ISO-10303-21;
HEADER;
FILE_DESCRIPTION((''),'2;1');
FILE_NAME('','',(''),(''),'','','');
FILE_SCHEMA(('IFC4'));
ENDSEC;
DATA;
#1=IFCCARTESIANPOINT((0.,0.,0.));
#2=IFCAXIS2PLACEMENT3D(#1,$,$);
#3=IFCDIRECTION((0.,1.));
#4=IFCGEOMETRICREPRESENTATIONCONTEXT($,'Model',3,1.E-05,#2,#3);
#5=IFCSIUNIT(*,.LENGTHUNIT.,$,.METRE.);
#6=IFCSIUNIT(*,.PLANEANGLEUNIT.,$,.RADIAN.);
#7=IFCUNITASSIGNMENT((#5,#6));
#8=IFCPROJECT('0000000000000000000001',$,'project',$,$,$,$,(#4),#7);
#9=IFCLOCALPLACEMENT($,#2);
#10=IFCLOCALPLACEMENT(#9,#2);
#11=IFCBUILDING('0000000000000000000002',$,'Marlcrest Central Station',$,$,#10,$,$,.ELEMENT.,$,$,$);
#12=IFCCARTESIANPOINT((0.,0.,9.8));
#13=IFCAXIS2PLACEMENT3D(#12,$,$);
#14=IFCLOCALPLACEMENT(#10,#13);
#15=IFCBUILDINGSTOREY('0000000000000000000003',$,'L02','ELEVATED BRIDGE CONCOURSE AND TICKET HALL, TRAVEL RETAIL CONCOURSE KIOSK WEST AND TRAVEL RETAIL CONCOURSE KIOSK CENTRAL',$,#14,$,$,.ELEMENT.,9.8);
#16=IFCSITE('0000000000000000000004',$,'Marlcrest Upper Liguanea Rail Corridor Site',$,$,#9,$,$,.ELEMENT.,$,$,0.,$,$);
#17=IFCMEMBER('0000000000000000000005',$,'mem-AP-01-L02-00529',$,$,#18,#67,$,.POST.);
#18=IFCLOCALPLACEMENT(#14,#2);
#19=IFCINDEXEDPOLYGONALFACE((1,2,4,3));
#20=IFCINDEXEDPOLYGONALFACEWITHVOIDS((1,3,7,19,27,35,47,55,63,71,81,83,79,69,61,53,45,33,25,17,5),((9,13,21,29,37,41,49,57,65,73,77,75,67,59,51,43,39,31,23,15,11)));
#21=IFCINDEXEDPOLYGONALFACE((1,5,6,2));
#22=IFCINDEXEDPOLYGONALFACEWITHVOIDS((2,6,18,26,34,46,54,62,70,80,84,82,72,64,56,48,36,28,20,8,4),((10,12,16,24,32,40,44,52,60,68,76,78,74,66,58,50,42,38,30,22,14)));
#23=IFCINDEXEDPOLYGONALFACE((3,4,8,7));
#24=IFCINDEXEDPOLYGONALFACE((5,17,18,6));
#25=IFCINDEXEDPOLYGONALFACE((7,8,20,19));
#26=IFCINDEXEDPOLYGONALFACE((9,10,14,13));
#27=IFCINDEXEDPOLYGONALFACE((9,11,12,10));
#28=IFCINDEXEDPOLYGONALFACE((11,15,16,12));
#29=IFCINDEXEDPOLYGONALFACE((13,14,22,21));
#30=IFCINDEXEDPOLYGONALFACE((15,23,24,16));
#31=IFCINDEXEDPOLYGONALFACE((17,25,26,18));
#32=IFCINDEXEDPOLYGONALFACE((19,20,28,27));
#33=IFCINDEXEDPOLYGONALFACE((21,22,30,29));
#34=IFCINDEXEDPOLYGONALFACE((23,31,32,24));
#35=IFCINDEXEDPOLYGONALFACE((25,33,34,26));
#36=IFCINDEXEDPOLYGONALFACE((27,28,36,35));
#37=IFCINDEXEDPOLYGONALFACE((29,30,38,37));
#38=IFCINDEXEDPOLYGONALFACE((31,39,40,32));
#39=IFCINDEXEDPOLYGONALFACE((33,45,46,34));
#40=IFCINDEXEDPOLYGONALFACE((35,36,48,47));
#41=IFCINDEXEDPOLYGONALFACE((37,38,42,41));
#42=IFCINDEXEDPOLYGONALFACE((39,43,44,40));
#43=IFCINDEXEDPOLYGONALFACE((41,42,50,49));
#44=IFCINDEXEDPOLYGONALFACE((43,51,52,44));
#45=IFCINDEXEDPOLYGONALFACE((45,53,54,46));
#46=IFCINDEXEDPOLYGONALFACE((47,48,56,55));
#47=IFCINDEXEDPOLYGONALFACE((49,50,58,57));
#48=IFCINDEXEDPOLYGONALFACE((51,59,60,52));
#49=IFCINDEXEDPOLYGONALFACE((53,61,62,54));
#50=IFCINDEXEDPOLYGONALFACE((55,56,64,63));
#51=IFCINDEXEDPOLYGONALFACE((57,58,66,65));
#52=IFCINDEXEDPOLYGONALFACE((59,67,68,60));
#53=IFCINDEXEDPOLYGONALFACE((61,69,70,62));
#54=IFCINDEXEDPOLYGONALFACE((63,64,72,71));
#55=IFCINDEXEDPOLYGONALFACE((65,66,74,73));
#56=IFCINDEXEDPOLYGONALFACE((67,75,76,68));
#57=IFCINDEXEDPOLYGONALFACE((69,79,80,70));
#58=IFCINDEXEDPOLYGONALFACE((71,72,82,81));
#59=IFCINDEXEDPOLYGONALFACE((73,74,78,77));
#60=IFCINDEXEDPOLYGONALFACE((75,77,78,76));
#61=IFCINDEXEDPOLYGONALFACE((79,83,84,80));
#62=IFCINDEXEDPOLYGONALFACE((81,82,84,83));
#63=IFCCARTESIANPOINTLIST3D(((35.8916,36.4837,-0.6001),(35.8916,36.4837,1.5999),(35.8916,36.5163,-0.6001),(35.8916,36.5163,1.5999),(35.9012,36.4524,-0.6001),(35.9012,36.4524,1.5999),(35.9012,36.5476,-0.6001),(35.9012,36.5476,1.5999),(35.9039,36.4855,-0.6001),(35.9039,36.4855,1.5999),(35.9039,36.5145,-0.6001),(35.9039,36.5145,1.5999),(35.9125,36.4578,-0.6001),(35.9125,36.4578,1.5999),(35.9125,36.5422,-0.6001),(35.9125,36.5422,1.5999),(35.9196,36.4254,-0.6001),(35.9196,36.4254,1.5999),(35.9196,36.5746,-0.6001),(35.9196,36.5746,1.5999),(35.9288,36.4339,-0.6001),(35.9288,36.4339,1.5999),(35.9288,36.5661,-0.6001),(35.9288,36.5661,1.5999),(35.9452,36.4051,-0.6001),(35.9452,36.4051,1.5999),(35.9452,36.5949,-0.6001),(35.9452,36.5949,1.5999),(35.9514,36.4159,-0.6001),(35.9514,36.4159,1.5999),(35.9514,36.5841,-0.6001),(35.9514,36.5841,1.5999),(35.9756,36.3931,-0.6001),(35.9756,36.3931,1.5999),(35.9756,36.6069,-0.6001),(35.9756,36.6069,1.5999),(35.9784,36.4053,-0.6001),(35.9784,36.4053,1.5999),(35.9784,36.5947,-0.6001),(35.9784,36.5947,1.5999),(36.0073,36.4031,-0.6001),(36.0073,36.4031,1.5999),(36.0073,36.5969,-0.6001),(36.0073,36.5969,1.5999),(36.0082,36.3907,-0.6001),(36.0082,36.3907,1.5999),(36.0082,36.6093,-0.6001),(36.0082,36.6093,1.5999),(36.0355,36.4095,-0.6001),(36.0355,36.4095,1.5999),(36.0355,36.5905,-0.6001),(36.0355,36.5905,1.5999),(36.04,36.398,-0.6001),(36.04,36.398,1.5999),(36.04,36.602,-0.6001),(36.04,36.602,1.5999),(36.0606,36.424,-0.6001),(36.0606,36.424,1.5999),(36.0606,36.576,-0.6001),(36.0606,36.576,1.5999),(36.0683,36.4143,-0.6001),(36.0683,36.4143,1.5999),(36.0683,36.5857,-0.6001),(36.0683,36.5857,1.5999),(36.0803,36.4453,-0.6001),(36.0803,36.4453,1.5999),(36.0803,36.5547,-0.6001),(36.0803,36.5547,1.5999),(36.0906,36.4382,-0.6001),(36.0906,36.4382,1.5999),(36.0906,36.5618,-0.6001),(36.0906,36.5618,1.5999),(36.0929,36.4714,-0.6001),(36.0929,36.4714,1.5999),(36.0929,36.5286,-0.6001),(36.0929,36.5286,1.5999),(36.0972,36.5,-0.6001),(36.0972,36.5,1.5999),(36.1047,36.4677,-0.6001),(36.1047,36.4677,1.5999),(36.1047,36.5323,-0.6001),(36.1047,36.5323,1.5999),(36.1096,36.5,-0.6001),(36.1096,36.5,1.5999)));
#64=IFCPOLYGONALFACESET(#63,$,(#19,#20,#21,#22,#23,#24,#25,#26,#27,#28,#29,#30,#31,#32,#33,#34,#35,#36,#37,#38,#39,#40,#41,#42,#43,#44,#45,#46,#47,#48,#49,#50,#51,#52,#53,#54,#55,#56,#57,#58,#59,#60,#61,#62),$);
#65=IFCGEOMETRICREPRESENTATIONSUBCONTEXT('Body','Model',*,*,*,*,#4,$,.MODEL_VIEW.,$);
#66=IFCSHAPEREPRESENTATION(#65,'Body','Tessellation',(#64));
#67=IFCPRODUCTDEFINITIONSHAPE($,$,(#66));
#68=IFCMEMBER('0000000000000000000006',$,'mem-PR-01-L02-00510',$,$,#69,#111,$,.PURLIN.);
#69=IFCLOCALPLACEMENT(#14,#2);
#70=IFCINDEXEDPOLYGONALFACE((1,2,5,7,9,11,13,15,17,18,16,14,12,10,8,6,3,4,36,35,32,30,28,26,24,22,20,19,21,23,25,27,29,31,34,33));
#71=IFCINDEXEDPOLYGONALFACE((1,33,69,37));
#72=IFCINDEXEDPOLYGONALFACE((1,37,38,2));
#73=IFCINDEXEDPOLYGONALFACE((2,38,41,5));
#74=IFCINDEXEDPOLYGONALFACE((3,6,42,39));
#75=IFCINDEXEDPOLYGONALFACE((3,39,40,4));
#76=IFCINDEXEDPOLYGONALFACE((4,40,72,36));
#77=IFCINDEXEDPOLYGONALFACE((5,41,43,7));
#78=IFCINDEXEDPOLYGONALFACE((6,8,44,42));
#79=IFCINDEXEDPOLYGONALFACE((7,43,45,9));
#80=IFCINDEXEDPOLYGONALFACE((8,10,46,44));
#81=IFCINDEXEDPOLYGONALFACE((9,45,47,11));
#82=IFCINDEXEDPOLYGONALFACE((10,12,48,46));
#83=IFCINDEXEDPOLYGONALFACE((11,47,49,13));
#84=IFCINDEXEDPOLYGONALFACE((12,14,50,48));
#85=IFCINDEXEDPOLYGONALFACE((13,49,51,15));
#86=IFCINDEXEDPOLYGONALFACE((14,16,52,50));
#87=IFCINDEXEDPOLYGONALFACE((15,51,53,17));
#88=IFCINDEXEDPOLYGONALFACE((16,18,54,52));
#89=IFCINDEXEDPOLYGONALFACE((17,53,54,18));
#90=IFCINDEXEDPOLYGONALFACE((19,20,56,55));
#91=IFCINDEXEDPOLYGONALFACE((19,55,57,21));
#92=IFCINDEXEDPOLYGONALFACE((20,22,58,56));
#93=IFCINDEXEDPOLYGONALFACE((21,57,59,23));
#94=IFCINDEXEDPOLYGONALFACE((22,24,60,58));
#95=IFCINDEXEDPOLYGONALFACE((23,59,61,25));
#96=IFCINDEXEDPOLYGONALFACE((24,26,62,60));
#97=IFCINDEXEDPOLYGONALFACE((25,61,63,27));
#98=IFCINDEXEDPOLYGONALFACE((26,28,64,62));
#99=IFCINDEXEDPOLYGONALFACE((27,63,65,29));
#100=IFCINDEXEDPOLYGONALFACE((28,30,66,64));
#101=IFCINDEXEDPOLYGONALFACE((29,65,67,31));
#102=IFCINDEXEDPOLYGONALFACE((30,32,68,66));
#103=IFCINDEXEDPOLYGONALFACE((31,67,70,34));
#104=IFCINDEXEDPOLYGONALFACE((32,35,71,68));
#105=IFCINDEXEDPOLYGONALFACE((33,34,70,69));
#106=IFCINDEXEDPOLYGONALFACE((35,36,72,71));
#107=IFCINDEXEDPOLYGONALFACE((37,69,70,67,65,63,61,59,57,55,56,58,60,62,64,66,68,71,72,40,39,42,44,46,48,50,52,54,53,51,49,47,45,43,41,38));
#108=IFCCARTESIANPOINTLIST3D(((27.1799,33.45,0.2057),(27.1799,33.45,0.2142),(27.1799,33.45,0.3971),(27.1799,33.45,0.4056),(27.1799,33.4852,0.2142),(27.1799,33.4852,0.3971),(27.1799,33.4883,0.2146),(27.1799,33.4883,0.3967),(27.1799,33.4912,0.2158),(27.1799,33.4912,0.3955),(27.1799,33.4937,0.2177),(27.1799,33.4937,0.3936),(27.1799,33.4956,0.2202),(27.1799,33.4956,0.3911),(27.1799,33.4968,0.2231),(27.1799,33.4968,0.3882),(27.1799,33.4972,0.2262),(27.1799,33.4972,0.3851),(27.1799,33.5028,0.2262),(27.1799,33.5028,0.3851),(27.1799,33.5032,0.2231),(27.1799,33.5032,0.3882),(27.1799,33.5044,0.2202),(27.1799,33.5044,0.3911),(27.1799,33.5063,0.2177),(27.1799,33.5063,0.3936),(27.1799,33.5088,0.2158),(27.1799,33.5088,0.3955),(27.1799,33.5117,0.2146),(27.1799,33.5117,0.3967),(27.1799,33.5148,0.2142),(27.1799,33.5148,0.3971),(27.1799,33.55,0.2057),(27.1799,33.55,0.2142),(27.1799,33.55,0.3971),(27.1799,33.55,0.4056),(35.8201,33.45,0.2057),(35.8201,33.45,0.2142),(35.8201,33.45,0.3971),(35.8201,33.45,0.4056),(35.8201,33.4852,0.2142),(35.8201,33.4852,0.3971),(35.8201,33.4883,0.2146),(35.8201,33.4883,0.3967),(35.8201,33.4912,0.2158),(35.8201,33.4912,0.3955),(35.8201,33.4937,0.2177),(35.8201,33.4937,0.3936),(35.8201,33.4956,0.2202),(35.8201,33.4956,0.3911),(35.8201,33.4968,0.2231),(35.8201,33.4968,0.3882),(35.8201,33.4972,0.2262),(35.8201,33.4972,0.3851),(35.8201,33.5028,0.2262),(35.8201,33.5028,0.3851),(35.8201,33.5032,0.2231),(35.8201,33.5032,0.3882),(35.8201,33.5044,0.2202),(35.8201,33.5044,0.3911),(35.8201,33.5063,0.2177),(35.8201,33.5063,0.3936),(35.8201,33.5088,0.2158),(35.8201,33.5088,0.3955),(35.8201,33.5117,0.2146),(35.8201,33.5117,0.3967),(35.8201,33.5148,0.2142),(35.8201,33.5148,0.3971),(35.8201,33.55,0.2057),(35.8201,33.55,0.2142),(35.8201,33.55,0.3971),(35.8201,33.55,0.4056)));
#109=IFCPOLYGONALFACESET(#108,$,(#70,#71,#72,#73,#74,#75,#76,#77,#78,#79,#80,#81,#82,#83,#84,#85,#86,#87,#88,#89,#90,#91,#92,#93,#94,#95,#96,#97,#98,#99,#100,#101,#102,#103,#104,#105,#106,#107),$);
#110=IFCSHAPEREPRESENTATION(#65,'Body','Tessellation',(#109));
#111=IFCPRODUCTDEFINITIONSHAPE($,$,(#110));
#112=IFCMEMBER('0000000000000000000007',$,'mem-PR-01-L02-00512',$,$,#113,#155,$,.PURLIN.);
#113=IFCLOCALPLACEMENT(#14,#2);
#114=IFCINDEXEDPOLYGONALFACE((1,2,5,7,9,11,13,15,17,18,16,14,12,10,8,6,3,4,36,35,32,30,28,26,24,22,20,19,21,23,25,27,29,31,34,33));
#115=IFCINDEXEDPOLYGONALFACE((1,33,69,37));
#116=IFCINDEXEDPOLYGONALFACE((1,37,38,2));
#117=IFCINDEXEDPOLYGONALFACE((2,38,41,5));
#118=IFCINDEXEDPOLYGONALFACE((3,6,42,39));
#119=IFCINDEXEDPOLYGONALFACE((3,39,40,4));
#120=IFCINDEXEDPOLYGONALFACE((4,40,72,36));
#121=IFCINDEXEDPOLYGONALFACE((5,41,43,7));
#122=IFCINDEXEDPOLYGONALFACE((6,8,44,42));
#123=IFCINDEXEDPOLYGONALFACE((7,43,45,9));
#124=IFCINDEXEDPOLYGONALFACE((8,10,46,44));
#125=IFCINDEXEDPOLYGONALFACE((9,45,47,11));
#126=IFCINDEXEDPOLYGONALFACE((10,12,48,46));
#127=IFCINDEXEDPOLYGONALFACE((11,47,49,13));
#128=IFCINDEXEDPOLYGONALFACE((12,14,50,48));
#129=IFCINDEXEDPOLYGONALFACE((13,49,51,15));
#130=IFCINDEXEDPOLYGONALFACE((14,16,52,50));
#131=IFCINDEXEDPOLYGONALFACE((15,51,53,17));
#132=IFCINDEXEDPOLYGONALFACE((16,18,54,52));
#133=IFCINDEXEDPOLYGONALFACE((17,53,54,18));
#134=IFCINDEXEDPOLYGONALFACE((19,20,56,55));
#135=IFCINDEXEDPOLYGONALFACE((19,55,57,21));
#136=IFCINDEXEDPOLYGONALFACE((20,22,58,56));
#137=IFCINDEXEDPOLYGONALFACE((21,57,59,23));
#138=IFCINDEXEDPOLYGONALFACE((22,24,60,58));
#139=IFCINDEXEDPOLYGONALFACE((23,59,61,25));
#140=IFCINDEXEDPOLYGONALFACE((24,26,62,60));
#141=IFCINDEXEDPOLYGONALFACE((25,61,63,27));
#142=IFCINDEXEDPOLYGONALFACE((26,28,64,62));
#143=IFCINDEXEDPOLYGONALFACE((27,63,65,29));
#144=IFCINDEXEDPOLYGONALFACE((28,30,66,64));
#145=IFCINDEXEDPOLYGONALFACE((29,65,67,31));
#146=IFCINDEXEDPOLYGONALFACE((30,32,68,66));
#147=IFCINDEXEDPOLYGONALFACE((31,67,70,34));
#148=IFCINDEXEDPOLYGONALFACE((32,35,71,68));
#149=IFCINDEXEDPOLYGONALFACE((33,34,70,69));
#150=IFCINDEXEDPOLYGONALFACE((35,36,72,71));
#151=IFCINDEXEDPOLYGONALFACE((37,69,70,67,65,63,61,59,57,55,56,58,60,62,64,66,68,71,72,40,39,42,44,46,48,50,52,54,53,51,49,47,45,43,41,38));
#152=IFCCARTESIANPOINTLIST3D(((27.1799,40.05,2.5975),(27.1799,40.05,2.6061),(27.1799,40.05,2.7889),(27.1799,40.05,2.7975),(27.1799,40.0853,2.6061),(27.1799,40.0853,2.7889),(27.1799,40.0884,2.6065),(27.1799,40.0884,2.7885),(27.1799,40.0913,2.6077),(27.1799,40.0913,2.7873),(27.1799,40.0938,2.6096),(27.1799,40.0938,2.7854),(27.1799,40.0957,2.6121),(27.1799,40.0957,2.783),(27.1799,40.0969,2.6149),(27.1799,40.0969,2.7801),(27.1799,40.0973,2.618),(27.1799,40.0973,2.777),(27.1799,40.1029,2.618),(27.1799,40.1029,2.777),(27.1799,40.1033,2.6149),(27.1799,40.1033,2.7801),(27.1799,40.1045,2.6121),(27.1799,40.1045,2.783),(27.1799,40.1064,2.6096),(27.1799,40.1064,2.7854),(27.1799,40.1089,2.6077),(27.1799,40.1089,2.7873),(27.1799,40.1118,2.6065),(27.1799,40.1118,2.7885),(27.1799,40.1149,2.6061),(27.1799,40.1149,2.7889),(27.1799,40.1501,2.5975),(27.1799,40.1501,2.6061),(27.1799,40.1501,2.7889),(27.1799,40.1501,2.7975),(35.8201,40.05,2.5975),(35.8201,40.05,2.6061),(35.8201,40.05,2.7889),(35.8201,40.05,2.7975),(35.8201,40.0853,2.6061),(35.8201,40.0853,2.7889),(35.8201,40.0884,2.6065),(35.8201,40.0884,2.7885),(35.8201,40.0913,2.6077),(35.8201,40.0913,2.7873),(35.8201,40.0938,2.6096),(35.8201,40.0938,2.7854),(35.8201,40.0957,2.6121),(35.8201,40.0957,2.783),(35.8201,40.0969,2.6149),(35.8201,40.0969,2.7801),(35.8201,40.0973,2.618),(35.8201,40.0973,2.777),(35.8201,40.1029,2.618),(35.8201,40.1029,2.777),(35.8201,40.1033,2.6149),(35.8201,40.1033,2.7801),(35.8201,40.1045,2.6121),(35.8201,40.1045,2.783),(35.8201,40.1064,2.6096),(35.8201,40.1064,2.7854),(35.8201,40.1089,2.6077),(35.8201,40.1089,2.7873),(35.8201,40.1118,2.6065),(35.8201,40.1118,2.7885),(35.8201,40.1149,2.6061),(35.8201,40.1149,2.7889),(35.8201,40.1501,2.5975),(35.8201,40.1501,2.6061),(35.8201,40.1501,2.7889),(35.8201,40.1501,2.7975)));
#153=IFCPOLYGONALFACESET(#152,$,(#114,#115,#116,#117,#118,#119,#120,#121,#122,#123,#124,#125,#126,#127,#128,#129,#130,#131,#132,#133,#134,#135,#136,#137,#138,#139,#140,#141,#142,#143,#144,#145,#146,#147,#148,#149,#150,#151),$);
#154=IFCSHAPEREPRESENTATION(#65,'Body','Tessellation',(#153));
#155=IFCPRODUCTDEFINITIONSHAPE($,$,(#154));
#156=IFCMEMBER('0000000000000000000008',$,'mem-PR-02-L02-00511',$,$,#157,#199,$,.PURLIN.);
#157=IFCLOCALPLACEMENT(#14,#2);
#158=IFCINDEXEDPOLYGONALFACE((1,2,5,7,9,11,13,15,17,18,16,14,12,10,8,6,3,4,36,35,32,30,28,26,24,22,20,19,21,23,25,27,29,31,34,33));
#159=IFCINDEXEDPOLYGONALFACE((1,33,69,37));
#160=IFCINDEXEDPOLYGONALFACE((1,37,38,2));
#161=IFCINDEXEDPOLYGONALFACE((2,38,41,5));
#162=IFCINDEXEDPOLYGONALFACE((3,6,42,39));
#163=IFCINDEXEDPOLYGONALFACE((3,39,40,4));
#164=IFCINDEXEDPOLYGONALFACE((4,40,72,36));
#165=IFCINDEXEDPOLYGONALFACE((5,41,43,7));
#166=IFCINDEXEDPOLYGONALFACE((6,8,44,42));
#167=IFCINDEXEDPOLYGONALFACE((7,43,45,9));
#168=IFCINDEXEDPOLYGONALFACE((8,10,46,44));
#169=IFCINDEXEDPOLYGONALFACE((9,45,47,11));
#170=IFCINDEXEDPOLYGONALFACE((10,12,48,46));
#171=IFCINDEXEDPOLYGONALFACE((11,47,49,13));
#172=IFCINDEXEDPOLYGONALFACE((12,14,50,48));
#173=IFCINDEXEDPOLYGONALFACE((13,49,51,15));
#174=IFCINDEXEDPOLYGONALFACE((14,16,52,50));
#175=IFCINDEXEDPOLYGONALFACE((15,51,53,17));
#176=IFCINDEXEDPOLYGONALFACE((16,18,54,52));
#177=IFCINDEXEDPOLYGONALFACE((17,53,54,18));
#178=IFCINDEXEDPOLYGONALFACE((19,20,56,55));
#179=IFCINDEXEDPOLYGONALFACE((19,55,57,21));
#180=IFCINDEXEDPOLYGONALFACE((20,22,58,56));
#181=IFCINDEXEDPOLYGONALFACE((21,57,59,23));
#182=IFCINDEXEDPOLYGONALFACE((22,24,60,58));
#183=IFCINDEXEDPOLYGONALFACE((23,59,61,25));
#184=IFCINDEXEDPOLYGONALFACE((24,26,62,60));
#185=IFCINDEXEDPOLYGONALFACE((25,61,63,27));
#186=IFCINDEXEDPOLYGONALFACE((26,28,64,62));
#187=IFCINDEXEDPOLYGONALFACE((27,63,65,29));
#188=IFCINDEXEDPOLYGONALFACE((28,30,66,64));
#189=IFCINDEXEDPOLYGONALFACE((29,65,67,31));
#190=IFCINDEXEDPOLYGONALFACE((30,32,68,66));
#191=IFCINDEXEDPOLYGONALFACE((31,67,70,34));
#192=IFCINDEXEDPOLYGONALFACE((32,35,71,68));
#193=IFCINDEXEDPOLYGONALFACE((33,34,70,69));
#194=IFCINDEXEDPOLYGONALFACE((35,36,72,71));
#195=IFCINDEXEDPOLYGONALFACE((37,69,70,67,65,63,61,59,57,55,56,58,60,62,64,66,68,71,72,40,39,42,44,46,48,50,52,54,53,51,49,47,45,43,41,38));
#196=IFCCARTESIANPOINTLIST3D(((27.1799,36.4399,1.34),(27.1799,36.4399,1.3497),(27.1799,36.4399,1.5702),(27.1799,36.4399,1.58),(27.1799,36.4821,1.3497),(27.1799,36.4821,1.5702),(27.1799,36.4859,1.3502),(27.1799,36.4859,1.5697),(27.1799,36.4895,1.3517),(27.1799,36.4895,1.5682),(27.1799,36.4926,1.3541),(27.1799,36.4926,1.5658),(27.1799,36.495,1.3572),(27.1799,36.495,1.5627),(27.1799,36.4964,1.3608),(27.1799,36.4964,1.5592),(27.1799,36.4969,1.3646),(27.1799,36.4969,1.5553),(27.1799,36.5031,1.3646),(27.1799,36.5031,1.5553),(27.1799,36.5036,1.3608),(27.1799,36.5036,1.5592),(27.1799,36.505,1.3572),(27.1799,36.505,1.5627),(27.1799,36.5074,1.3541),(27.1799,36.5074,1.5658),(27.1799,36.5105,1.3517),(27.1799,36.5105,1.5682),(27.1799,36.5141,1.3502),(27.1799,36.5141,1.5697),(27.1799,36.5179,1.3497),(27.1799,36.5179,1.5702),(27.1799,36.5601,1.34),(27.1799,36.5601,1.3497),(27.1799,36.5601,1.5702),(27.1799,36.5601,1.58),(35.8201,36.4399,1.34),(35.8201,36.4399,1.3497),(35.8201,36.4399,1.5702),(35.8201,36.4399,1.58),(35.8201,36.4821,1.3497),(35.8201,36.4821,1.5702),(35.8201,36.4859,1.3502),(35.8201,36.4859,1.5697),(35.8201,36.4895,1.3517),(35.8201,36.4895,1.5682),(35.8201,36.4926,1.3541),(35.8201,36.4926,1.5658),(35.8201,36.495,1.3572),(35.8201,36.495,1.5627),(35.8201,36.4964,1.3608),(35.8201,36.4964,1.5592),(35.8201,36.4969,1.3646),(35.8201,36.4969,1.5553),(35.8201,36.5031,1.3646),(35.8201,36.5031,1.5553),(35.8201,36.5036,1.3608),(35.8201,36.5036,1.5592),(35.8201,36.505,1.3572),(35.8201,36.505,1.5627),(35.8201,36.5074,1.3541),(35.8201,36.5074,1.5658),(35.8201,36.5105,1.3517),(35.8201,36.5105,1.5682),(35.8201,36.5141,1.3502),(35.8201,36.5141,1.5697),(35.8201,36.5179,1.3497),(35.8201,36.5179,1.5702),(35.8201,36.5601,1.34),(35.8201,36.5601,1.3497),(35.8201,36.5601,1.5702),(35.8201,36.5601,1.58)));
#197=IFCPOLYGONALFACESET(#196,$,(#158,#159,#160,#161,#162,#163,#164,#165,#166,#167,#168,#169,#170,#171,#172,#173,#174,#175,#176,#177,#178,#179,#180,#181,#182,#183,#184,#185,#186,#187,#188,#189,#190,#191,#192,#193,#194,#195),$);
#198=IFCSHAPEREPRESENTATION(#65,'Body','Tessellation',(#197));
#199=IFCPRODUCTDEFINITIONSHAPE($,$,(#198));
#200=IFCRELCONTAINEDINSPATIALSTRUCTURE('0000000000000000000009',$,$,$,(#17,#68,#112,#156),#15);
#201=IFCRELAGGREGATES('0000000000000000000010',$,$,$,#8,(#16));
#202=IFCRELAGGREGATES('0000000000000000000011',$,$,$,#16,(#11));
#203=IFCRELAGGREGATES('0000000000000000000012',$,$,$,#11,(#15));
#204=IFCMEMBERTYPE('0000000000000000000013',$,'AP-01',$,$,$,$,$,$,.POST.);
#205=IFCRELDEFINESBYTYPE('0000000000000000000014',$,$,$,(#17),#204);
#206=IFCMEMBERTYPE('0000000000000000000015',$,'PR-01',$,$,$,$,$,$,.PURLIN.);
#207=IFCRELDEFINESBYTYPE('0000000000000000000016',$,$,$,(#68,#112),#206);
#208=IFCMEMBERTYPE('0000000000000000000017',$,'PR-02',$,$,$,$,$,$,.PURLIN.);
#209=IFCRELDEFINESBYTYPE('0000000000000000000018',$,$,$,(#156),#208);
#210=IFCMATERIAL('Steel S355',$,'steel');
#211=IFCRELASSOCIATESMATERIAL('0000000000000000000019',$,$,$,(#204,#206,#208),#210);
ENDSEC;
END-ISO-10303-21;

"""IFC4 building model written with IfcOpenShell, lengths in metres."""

from ifc_helpers import new_model, si_unit, direction, frame, origin, origin_2d, place, context, subcontext, project, spatial, hollow_circle, i_section, extrude, material, material_profile, profile_set, type_object, element, save


model = new_model("IFC4")

# Units and contexts
model_context = context("Model", 3, precision=1e-05, world=origin(), true_north=direction((0.0, 1.0)))
body_context = subcontext(model_context, "Body", "Model", "MODEL_VIEW")
ifc_project = project(units=[si_unit("LENGTHUNIT", "METRE"), si_unit("PLANEANGLEUNIT", "RADIAN")], contexts=[model_context])

# Site, building, storey
site_placement = place(None, origin())
site = spatial("IfcSite", under=ifc_project, at=site_placement, Name="Marlcrest Upper Liguanea Rail Corridor Site", CompositionType="ELEMENT", RefElevation=0.0)
building_placement = place(site_placement, origin())
building = spatial("IfcBuilding", under=site, at=building_placement, Name="Marlcrest Central Station", CompositionType="ELEMENT")
storey_placement = place(building_placement, frame((0.0, 0.0, 9.8)))
storey = spatial("IfcBuildingStorey", under=building, at=storey_placement, Name="L02", Description="ELEVATED BRIDGE CONCOURSE AND TICKET HALL, TRAVEL RETAIL CONCOURSE KIOSK WEST AND TRAVEL RETAIL CONCOURSE KIOSK CENTRAL", CompositionType="ELEMENT", Elevation=9.8)

# Members
ifc_material_1 = material(Name="Steel S355", Category="steel")
ifc_material_profile_1 = material_profile(ifc_material_1, hollow_circle(Radius=0.1096, WallThickness=0.0125, at=origin_2d()), Name="CHS 219.1x12.5")
ifc_profile_set_1 = profile_set([ifc_material_profile_1], Name="Steel S355")
member_type_1 = type_object("IfcMemberType", Name="AP-01", PredefinedType="POST", material=ifc_profile_set_1)
member_1_placement = place(storey_placement, frame((36.0, 36.5, -0.6001), z_axis=(0.0, 0.0, 1.0), x_axis=(1.0, 0.0, 0.0)))
element("IfcMember", 1, at=member_1_placement, inside=storey, type_object=member_type_1, Name="mem-AP-01-L02-00529", PredefinedType="POST", context=body_context, shape_type="SweptSolid", body=[
    extrude(hollow_circle(Radius=0.1096, WallThickness=0.0125, at=origin_2d()), origin(), (0.0, 0.0, 1.0), 2.2),
])
ifc_material_profile_2 = material_profile(ifc_material_1, i_section(OverallWidth=0.1001, OverallDepth=0.2, WebThickness=0.0056, FlangeThickness=0.0085, FilletRadius=0.012, at=origin_2d()), Name="IPE 200")
ifc_profile_set_2 = profile_set([ifc_material_profile_2], Name="Steel S355")
member_type_2 = type_object("IfcMemberType", Name="PR-01", PredefinedType="PURLIN", material=ifc_profile_set_2)
for number, where, z_axis, x_axis, name in (
    (2, (27.1799, 33.5, 0.3057), (1.0, 0.0, 0.0), (0.0, 1.0, 0.0), "mem-PR-01-L02-00510"),
    (3, (27.1799, 40.1001, 2.6975), (1.0, 0.0, 0.0), (0.0, 1.0, 0.0), "mem-PR-01-L02-00512"),
):
    element("IfcMember", number, at=place(storey_placement, frame(where, z_axis=z_axis, x_axis=x_axis)), inside=storey, type_object=member_type_2, Name=name, PredefinedType="PURLIN", context=body_context, shape_type="SweptSolid", body=[
        extrude(i_section(OverallWidth=0.1001, OverallDepth=0.2, WebThickness=0.0056, FlangeThickness=0.0085, FilletRadius=0.012, at=origin_2d()), origin(), (0.0, 0.0, 1.0), 8.6401),
    ])
ifc_material_profile_3 = material_profile(ifc_material_1, i_section(OverallWidth=0.1201, OverallDepth=0.24, WebThickness=0.0061, FlangeThickness=0.0098, FilletRadius=0.0149, at=origin_2d()), Name="IPE 240")
ifc_profile_set_3 = profile_set([ifc_material_profile_3], Name="Steel S355")
member_type_3 = type_object("IfcMemberType", Name="PR-02", PredefinedType="PURLIN", material=ifc_profile_set_3)
member_2_placement = place(storey_placement, frame((27.1799, 36.5, 1.46), z_axis=(1.0, 0.0, 0.0), x_axis=(0.0, 1.0, 0.0)))
element("IfcMember", 4, at=member_2_placement, inside=storey, type_object=member_type_3, Name="mem-PR-02-L02-00511", PredefinedType="PURLIN", context=body_context, shape_type="SweptSolid", body=[
    extrude(i_section(OverallWidth=0.1201, OverallDepth=0.24, WebThickness=0.0061, FlangeThickness=0.0098, FilletRadius=0.0149, at=origin_2d()), origin(), (0.0, 0.0, 1.0), 8.6401),
])

save(model, "model.ifc")
